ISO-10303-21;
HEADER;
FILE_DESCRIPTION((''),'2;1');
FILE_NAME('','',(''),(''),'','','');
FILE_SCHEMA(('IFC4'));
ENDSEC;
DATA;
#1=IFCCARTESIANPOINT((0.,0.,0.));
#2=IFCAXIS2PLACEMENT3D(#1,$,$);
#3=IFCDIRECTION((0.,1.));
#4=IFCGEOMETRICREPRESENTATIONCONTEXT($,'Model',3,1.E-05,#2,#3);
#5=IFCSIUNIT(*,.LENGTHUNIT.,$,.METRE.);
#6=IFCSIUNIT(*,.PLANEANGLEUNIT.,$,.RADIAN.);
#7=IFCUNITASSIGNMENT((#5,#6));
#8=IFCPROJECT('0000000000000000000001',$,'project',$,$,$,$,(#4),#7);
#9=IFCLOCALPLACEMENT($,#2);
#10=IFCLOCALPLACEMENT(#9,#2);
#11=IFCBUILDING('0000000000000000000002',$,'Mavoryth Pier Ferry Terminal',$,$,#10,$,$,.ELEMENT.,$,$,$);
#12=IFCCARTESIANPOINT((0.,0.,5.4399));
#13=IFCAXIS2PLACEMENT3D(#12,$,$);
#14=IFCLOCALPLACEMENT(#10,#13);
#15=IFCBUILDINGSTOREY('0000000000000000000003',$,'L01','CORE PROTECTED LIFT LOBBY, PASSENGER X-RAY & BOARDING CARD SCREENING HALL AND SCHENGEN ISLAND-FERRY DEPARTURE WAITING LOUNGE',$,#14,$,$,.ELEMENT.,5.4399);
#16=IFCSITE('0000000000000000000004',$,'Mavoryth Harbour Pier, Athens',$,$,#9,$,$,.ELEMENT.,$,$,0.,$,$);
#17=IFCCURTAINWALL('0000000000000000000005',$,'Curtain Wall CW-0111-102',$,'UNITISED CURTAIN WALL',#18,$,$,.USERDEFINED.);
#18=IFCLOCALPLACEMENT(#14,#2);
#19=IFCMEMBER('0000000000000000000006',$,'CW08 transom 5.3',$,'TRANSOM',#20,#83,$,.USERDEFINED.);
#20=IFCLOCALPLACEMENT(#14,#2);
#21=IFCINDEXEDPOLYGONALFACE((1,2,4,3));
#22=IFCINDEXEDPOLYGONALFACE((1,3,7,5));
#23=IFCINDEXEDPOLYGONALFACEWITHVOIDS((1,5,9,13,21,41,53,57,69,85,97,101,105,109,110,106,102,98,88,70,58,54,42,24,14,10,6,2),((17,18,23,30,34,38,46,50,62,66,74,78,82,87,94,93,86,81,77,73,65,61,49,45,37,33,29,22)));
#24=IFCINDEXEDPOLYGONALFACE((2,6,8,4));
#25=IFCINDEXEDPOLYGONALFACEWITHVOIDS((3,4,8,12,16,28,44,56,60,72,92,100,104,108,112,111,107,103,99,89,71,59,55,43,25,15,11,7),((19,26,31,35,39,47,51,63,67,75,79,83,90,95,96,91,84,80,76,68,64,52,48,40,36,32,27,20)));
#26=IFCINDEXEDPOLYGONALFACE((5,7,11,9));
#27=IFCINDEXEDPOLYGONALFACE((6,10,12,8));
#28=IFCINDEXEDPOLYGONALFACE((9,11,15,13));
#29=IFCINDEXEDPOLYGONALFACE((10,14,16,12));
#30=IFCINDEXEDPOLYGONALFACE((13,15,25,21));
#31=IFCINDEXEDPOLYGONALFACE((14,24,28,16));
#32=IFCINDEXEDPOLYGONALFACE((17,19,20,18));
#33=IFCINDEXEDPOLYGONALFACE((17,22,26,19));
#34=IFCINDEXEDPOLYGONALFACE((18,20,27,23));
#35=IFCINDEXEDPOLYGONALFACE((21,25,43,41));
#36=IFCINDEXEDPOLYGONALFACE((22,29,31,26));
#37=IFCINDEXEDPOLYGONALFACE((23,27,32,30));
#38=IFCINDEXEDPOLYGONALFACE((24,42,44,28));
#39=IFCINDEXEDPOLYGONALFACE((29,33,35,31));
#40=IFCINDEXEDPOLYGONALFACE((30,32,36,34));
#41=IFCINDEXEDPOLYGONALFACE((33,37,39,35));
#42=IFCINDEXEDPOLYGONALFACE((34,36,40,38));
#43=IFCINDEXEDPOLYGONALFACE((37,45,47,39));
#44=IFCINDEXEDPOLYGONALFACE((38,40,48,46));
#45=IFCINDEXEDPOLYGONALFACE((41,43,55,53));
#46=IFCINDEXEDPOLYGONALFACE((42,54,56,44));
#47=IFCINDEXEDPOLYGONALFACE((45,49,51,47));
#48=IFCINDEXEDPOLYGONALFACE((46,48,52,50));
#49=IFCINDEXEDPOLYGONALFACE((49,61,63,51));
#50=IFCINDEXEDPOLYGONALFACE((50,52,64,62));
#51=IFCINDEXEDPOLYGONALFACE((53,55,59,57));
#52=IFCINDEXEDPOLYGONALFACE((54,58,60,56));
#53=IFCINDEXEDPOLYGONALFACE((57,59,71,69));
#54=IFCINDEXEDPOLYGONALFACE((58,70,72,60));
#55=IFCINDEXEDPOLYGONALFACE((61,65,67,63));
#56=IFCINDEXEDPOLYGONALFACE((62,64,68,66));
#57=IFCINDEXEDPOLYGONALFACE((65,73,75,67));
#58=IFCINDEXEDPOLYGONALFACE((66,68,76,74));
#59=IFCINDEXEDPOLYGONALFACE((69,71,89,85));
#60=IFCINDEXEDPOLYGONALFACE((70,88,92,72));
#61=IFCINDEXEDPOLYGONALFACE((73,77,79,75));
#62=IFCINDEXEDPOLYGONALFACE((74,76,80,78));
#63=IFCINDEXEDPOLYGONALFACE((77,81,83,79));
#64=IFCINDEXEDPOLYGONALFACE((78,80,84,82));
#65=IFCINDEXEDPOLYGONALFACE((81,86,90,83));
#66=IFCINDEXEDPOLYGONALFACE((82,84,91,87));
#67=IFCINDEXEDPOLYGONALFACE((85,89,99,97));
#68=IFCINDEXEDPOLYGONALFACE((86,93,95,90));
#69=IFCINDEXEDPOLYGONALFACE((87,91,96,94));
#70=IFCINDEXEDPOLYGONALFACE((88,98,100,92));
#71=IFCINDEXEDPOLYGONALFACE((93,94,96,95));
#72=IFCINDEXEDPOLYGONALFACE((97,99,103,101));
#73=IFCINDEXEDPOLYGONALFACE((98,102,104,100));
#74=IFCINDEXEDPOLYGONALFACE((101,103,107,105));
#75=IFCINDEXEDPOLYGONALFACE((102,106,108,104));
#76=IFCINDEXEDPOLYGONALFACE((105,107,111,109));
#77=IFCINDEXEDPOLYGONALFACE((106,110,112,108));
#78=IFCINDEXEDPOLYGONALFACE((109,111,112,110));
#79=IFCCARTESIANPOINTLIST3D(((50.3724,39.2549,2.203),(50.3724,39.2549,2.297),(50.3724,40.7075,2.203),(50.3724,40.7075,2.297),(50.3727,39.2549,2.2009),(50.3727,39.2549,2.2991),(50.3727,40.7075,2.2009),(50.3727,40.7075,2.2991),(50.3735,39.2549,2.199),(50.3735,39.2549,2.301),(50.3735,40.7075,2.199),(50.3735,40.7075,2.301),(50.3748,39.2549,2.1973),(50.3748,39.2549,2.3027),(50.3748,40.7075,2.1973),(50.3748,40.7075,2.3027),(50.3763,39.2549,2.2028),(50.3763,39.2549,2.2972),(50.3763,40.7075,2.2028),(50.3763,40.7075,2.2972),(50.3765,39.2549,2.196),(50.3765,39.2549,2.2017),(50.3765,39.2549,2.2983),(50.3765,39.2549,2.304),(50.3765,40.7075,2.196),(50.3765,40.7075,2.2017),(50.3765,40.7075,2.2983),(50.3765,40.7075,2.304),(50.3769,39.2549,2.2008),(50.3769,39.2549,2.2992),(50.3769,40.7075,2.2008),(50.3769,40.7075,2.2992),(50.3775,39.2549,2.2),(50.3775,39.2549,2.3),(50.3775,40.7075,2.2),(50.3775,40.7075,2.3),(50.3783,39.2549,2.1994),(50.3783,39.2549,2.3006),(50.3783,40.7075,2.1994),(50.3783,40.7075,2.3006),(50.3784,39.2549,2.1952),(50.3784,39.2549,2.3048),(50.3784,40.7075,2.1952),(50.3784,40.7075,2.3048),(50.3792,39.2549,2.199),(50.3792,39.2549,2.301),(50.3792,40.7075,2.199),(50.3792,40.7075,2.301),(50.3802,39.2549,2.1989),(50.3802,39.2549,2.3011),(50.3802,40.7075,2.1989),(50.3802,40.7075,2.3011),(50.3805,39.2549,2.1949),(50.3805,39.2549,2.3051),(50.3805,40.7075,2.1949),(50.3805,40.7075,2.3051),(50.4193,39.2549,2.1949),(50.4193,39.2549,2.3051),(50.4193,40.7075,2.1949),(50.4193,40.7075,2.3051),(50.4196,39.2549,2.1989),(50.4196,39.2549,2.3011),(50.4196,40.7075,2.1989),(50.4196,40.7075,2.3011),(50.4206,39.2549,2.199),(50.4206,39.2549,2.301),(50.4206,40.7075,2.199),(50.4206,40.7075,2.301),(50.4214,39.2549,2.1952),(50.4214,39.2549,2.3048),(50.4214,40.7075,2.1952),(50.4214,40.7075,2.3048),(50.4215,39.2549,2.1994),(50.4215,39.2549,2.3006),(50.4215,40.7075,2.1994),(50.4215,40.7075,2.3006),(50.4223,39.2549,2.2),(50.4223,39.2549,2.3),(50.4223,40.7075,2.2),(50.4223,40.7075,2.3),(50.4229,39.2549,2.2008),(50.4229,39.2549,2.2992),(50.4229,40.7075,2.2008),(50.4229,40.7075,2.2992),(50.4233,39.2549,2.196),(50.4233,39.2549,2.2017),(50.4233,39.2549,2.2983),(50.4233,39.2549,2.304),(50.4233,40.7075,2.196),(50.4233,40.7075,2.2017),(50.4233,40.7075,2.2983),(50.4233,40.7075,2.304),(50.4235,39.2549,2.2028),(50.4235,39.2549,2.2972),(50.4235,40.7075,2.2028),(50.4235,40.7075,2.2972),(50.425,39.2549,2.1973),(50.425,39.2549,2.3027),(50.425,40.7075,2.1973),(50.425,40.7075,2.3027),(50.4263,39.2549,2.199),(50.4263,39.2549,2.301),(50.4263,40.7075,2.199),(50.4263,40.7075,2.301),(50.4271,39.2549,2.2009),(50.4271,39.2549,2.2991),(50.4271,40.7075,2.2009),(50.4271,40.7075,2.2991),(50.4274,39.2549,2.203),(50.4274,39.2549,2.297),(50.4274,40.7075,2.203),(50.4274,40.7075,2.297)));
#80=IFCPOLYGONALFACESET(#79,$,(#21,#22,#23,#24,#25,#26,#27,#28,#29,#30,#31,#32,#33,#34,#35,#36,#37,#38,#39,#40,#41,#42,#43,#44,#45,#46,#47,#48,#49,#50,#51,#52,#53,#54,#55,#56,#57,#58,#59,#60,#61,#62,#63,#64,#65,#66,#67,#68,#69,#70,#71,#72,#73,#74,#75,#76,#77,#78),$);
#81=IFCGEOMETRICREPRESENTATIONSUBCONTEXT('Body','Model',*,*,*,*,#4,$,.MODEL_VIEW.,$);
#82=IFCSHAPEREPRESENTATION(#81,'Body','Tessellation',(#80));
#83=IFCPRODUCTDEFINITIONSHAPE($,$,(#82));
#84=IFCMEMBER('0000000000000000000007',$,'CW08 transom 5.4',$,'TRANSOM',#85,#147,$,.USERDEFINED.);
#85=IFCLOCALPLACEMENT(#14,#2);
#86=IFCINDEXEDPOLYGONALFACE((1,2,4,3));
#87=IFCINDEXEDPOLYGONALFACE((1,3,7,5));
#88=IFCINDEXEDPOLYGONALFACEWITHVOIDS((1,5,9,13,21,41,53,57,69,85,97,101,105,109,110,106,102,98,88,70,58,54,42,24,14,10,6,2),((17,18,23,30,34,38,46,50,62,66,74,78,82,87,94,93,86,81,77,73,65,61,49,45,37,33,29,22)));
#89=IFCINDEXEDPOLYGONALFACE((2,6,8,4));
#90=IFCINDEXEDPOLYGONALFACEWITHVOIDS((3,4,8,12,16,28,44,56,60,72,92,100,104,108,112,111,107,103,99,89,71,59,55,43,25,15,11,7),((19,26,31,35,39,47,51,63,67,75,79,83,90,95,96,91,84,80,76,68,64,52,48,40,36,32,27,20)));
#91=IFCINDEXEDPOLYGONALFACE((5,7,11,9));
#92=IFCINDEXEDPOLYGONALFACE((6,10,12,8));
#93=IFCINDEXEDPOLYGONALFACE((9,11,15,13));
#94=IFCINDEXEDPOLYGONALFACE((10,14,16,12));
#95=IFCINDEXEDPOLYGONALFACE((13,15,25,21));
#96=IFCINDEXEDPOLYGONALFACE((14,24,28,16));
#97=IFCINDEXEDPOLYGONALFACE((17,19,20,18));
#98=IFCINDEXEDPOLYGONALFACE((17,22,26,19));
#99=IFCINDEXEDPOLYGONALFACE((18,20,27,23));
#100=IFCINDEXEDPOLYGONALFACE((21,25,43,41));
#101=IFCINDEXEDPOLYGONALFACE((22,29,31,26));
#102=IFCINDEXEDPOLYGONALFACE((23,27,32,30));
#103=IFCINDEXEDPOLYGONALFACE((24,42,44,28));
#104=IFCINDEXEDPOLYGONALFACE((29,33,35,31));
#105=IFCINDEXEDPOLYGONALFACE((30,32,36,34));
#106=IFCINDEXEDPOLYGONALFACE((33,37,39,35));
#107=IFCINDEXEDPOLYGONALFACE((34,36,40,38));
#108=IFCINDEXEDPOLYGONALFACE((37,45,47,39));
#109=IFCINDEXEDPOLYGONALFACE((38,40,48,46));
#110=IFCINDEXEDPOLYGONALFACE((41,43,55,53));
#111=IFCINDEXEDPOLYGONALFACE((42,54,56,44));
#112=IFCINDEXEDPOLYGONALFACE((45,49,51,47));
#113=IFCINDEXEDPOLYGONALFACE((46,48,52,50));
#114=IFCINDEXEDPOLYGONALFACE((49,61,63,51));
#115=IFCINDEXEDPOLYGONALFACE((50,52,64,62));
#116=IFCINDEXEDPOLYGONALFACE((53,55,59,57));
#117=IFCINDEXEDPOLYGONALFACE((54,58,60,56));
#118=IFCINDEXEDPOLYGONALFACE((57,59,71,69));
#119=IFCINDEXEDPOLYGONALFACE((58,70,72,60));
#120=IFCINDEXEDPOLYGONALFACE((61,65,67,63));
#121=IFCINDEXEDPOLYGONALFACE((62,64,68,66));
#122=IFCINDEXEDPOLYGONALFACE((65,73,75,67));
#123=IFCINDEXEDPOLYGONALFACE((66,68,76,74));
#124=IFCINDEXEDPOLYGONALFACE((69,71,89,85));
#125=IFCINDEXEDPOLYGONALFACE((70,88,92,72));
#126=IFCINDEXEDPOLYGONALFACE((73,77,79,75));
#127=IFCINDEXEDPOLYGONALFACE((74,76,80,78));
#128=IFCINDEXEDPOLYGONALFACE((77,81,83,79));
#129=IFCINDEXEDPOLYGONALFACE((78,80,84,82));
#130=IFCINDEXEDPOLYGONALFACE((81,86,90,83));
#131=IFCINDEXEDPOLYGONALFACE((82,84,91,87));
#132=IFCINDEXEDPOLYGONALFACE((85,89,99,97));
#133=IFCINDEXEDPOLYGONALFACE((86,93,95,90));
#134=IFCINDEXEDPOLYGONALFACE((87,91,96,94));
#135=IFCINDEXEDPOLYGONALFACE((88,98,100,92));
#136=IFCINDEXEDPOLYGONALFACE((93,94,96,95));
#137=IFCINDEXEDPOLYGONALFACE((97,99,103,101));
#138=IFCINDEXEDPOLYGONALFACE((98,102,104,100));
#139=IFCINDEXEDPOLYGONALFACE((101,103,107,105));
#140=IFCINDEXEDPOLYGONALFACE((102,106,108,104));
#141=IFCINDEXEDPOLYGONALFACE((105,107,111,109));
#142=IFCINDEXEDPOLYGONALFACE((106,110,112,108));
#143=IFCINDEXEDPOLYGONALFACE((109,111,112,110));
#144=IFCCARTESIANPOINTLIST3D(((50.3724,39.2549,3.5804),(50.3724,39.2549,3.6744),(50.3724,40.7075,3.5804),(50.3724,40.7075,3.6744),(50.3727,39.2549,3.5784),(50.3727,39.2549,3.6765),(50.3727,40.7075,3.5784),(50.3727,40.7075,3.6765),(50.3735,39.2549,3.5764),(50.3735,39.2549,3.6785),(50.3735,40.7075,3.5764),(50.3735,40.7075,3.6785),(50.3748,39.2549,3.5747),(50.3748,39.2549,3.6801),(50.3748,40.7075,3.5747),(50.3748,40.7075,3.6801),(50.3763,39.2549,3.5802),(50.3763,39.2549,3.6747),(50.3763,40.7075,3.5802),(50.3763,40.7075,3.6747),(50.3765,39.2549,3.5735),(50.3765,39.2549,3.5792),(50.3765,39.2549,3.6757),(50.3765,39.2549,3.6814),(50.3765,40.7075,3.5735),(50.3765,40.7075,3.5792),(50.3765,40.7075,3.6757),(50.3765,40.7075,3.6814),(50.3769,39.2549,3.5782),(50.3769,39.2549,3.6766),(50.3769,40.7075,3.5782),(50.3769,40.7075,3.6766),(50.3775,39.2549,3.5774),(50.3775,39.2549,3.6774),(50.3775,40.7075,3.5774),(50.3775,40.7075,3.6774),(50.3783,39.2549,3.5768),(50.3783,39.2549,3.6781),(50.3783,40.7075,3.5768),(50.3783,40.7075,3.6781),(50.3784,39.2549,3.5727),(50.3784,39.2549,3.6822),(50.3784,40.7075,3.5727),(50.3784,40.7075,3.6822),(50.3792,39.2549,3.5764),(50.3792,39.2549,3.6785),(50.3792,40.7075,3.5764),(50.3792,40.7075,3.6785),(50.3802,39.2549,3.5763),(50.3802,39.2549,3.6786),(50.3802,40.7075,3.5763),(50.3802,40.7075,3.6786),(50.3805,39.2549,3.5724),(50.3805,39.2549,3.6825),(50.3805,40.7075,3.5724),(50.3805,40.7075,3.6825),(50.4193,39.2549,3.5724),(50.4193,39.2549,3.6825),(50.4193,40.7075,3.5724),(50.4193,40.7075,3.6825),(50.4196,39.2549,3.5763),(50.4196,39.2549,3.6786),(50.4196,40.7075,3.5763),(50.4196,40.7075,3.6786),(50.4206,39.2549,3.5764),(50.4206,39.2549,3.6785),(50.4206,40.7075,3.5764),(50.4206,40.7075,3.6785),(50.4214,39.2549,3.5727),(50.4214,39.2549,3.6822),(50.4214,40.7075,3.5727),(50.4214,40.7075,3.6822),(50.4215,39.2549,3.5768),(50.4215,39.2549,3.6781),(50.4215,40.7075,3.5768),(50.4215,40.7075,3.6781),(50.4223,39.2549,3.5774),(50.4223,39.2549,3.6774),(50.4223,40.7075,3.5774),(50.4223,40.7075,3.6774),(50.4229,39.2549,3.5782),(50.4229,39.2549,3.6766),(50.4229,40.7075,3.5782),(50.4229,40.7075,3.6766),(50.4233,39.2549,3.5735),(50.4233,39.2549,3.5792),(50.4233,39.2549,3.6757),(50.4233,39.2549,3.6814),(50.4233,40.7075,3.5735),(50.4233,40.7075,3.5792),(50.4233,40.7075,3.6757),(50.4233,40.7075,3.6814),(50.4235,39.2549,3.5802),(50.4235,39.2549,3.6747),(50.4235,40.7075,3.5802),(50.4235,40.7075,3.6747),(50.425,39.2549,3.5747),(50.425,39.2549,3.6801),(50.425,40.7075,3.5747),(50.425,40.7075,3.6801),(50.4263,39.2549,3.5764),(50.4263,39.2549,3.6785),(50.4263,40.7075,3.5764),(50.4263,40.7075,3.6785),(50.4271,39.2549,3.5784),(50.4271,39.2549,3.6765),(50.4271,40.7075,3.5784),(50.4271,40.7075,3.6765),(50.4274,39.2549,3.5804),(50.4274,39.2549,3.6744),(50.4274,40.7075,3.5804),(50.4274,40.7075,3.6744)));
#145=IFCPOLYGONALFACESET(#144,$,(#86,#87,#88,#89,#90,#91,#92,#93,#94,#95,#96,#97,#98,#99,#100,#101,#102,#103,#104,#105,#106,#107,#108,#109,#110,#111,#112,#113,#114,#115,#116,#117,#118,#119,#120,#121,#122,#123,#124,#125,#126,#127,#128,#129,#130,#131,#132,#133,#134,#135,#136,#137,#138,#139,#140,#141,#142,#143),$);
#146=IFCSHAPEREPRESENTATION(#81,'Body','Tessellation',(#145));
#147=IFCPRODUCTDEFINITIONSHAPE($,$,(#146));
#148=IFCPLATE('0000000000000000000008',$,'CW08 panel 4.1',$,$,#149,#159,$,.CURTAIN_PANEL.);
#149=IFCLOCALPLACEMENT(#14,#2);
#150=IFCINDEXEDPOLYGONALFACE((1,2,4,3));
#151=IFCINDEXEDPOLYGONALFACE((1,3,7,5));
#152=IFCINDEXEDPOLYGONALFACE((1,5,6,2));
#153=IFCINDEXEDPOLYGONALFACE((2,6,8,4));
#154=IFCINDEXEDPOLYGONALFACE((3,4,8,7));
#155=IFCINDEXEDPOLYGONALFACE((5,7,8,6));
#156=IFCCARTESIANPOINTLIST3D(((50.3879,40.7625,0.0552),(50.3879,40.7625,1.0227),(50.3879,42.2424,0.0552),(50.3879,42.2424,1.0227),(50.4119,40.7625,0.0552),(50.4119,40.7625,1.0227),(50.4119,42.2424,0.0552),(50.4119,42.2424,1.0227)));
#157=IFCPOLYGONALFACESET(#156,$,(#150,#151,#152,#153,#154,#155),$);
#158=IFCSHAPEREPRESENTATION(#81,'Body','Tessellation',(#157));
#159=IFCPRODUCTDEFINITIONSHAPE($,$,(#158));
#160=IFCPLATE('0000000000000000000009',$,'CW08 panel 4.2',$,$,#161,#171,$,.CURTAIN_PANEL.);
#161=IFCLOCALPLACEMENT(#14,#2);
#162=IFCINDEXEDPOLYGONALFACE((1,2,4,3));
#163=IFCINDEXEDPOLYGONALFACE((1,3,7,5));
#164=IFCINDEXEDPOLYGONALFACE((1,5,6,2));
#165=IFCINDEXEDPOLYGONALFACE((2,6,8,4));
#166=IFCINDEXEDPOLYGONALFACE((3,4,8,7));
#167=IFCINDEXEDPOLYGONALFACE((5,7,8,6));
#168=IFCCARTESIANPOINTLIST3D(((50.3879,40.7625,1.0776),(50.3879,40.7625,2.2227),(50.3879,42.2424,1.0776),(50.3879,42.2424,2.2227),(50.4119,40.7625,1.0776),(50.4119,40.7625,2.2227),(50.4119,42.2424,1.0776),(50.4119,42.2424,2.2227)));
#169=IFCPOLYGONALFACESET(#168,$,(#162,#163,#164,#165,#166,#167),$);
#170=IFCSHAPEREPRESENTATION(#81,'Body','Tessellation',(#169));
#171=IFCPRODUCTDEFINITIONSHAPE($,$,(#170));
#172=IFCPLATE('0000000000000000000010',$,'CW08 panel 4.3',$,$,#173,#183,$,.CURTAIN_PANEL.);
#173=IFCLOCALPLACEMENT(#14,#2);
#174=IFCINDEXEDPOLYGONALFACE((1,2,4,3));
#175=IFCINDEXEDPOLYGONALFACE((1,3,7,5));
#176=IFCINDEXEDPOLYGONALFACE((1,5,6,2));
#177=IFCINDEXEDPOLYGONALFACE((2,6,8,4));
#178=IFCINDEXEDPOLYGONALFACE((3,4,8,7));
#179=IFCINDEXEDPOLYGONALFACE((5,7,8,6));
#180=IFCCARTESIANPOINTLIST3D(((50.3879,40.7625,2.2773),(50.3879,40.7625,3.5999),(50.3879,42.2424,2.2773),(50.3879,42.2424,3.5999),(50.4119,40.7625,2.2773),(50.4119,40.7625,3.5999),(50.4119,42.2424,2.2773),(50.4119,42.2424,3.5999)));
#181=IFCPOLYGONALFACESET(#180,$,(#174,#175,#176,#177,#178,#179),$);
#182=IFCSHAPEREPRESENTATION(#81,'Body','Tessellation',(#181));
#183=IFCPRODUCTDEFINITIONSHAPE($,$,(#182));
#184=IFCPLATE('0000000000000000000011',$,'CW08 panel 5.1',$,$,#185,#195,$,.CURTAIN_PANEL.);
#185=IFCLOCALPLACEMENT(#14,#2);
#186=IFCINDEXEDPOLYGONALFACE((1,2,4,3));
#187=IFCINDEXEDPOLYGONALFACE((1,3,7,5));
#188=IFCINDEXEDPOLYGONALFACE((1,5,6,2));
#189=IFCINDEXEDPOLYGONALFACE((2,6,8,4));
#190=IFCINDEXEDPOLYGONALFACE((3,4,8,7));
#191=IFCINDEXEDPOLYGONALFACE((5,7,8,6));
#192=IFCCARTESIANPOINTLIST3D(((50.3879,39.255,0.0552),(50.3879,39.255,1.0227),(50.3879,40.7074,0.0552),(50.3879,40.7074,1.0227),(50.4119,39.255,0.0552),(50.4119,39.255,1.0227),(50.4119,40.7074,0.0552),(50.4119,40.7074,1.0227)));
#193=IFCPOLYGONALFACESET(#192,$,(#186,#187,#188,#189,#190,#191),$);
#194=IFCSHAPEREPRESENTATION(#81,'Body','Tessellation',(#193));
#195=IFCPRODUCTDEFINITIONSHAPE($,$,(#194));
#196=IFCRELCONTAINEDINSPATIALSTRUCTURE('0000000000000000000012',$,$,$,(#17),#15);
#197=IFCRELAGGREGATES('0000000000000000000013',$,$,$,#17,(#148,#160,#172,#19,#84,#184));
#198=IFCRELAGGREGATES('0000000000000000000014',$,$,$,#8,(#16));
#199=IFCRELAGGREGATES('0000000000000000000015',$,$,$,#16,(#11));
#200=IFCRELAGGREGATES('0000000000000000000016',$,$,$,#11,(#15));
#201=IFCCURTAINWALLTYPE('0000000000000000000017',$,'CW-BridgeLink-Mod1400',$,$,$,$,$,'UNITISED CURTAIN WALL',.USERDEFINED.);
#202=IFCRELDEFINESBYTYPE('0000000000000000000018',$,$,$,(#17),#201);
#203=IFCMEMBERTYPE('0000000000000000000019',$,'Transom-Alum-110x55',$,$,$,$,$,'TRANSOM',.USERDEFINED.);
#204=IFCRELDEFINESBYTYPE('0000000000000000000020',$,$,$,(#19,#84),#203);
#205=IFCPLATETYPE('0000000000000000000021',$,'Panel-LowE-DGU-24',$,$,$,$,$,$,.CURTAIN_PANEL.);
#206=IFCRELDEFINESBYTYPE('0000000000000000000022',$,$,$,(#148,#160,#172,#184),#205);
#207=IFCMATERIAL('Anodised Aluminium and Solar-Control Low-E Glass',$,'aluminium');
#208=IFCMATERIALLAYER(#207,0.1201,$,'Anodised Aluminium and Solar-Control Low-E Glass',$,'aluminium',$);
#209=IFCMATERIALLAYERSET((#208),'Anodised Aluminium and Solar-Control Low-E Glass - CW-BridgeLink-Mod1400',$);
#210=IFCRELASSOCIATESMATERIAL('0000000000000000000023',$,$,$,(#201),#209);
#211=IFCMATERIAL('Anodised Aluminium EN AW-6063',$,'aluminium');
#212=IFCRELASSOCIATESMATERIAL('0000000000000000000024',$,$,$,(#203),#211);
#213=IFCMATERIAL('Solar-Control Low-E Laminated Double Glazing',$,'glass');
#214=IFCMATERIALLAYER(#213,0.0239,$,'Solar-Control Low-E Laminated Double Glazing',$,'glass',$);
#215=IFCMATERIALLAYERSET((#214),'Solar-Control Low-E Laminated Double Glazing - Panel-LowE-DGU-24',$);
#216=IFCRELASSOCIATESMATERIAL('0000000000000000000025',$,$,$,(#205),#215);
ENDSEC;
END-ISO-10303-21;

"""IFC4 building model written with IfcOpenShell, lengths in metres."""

from ifc_helpers import new_model, si_unit, direction, frame, origin, origin_2d, place, context, subcontext, project, spatial, rectangle, hollow_rectangle, extrude, material, layer, layer_set, material_profile, profile_set, type_object, element, aggregate, save


model = new_model("IFC4")

# Units and contexts
model_context = context("Model", 3, precision=1e-05, world=origin(), true_north=direction((0.0, 1.0)))
body_context = subcontext(model_context, "Body", "Model", "MODEL_VIEW")
ifc_project = project(units=[si_unit("LENGTHUNIT", "METRE"), si_unit("PLANEANGLEUNIT", "RADIAN")], contexts=[model_context])

# Site, building, storey
site_placement = place(None, origin())
site = spatial("IfcSite", under=ifc_project, at=site_placement, Name="Mavoryth Harbour Pier, Athens", CompositionType="ELEMENT", RefElevation=0.0)
building_placement = place(site_placement, origin())
building = spatial("IfcBuilding", under=site, at=building_placement, Name="Mavoryth Pier Ferry Terminal", CompositionType="ELEMENT")
storey_placement = place(building_placement, frame((0.0, 0.0, 5.4399)))
storey = spatial("IfcBuildingStorey", under=building, at=storey_placement, Name="L01", Description="CORE PROTECTED LIFT LOBBY, PASSENGER X-RAY & BOARDING CARD SCREENING HALL AND SCHENGEN ISLAND-FERRY DEPARTURE WAITING LOUNGE", CompositionType="ELEMENT", Elevation=5.4399)

# Curtain wall
ifc_material_1 = material(Name="Anodised Aluminium and Solar-Control Low-E Glass", Category="aluminium")
ifc_layer_1 = layer(ifc_material_1, 0.1201, Name="Anodised Aluminium and Solar-Control Low-E Glass", Category="aluminium")
ifc_layer_set_1 = layer_set([ifc_layer_1], Name="Anodised Aluminium and Solar-Control Low-E Glass - CW-BridgeLink-Mod1400")
curtain_wall_type = type_object("IfcCurtainWallType", Name="CW-BridgeLink-Mod1400", ElementType="UNITISED CURTAIN WALL", PredefinedType="USERDEFINED", material=ifc_layer_set_1)
curtain_wall_placement = place(storey_placement, origin())
curtain_wall = element("IfcCurtainWall", 1, at=curtain_wall_placement, inside=storey, type_object=curtain_wall_type, Name="Curtain Wall CW-0111-102", ObjectType="UNITISED CURTAIN WALL", PredefinedType="USERDEFINED")
ifc_material_2 = material(Name="Anodised Aluminium EN AW-6063", Category="aluminium")

# Members
ifc_material_profile_1 = material_profile(ifc_material_2, hollow_rectangle(XDim=0.0549, YDim=0.1101, WallThickness=0.0039, InnerFilletRadius=0.0039, OuterFilletRadius=0.0081, at=origin_2d()), Name="AL-TRAN 110x55x4", Category="aluminium")
ifc_profile_set_1 = profile_set([ifc_material_profile_1], Name="Anodised Aluminium EN AW-6063 - AL-TRAN 110x55x4")
member_type_1 = type_object("IfcMemberType", Name="Transom-Alum-110x55", ElementType="TRANSOM", PredefinedType="USERDEFINED", material=ifc_profile_set_1)
member_1_placement = place(storey_placement, frame((50.3999, 40.7075, 2.25), z_axis=(0.0, -1.0, 0.0), x_axis=(1.0, 0.0, 0.0)))
member_1 = element("IfcMember", 2, at=member_1_placement, type_object=member_type_1, Name="CW08 transom 5.3", ObjectType="TRANSOM", PredefinedType="USERDEFINED", context=body_context, shape_type="SweptSolid", body=[
    extrude(hollow_rectangle(XDim=0.0549, YDim=0.1101, WallThickness=0.0039, InnerFilletRadius=0.0039, OuterFilletRadius=0.0081, at=origin_2d()), origin(), (0.0, 0.0, 1.0), 1.4526),
])
member_2_placement = place(storey_placement, frame((50.3999, 40.7075, 3.6274), z_axis=(0.0, -1.0, 0.0), x_axis=(1.0, 0.0, 0.0)))
member_2 = element("IfcMember", 3, at=member_2_placement, type_object=member_type_1, Name="CW08 transom 5.4", ObjectType="TRANSOM", PredefinedType="USERDEFINED", context=body_context, shape_type="SweptSolid", body=[
    extrude(hollow_rectangle(XDim=0.0549, YDim=0.1101, WallThickness=0.0039, InnerFilletRadius=0.0039, OuterFilletRadius=0.0081, at=origin_2d()), origin(), (0.0, 0.0, 1.0), 1.4526),
])

# Plates
ifc_material_3 = material(Name="Solar-Control Low-E Laminated Double Glazing", Category="glass")
ifc_layer_2 = layer(ifc_material_3, 0.0239, Name="Solar-Control Low-E Laminated Double Glazing", Category="glass")
ifc_layer_set_2 = layer_set([ifc_layer_2], Name="Solar-Control Low-E Laminated Double Glazing - Panel-LowE-DGU-24")
plate_type = type_object("IfcPlateType", Name="Panel-LowE-DGU-24", PredefinedType="CURTAIN_PANEL", material=ifc_layer_set_2)
plate_1_placement = place(storey_placement, frame((50.3999, 41.5024, 0.0552), z_axis=(0.0, 0.0, 1.0), x_axis=(0.0, -1.0, 0.0)))
plate_1 = element("IfcPlate", 4, at=plate_1_placement, type_object=plate_type, Name="CW08 panel 4.1", PredefinedType="CURTAIN_PANEL", context=body_context, shape_type="SweptSolid", body=[
    extrude(rectangle(XDim=1.48, YDim=0.0239, at=origin_2d()), origin(), (0.0, 0.0, 1.0), 0.9675),
])
plate_2_placement = place(storey_placement, frame((50.3999, 41.5024, 1.0776), z_axis=(0.0, 0.0, 1.0), x_axis=(0.0, -1.0, 0.0)))
plate_2 = element("IfcPlate", 5, at=plate_2_placement, type_object=plate_type, Name="CW08 panel 4.2", PredefinedType="CURTAIN_PANEL", context=body_context, shape_type="SweptSolid", body=[
    extrude(rectangle(XDim=1.48, YDim=0.0239, at=origin_2d()), origin(), (0.0, 0.0, 1.0), 1.145),
])
plate_3_placement = place(storey_placement, frame((50.3999, 41.5024, 2.2773), z_axis=(0.0, 0.0, 1.0), x_axis=(0.0, -1.0, 0.0)))
plate_3 = element("IfcPlate", 6, at=plate_3_placement, type_object=plate_type, Name="CW08 panel 4.3", PredefinedType="CURTAIN_PANEL", context=body_context, shape_type="SweptSolid", body=[
    extrude(rectangle(XDim=1.48, YDim=0.0239, at=origin_2d()), origin(), (0.0, 0.0, 1.0), 1.3225),
])
plate_4_placement = place(storey_placement, frame((50.3999, 39.9812, 0.0552), z_axis=(0.0, 0.0, 1.0), x_axis=(0.0, -1.0, 0.0)))
plate_4 = element("IfcPlate", 7, at=plate_4_placement, type_object=plate_type, Name="CW08 panel 5.1", PredefinedType="CURTAIN_PANEL", context=body_context, shape_type="SweptSolid", body=[
    extrude(rectangle(XDim=1.4524, YDim=0.0239, at=origin_2d()), origin(), (0.0, 0.0, 1.0), 0.9675),
])
aggregate(curtain_wall, [plate_1, plate_2, plate_3, member_1, member_2, plate_4])

save(model, "model.ifc")
